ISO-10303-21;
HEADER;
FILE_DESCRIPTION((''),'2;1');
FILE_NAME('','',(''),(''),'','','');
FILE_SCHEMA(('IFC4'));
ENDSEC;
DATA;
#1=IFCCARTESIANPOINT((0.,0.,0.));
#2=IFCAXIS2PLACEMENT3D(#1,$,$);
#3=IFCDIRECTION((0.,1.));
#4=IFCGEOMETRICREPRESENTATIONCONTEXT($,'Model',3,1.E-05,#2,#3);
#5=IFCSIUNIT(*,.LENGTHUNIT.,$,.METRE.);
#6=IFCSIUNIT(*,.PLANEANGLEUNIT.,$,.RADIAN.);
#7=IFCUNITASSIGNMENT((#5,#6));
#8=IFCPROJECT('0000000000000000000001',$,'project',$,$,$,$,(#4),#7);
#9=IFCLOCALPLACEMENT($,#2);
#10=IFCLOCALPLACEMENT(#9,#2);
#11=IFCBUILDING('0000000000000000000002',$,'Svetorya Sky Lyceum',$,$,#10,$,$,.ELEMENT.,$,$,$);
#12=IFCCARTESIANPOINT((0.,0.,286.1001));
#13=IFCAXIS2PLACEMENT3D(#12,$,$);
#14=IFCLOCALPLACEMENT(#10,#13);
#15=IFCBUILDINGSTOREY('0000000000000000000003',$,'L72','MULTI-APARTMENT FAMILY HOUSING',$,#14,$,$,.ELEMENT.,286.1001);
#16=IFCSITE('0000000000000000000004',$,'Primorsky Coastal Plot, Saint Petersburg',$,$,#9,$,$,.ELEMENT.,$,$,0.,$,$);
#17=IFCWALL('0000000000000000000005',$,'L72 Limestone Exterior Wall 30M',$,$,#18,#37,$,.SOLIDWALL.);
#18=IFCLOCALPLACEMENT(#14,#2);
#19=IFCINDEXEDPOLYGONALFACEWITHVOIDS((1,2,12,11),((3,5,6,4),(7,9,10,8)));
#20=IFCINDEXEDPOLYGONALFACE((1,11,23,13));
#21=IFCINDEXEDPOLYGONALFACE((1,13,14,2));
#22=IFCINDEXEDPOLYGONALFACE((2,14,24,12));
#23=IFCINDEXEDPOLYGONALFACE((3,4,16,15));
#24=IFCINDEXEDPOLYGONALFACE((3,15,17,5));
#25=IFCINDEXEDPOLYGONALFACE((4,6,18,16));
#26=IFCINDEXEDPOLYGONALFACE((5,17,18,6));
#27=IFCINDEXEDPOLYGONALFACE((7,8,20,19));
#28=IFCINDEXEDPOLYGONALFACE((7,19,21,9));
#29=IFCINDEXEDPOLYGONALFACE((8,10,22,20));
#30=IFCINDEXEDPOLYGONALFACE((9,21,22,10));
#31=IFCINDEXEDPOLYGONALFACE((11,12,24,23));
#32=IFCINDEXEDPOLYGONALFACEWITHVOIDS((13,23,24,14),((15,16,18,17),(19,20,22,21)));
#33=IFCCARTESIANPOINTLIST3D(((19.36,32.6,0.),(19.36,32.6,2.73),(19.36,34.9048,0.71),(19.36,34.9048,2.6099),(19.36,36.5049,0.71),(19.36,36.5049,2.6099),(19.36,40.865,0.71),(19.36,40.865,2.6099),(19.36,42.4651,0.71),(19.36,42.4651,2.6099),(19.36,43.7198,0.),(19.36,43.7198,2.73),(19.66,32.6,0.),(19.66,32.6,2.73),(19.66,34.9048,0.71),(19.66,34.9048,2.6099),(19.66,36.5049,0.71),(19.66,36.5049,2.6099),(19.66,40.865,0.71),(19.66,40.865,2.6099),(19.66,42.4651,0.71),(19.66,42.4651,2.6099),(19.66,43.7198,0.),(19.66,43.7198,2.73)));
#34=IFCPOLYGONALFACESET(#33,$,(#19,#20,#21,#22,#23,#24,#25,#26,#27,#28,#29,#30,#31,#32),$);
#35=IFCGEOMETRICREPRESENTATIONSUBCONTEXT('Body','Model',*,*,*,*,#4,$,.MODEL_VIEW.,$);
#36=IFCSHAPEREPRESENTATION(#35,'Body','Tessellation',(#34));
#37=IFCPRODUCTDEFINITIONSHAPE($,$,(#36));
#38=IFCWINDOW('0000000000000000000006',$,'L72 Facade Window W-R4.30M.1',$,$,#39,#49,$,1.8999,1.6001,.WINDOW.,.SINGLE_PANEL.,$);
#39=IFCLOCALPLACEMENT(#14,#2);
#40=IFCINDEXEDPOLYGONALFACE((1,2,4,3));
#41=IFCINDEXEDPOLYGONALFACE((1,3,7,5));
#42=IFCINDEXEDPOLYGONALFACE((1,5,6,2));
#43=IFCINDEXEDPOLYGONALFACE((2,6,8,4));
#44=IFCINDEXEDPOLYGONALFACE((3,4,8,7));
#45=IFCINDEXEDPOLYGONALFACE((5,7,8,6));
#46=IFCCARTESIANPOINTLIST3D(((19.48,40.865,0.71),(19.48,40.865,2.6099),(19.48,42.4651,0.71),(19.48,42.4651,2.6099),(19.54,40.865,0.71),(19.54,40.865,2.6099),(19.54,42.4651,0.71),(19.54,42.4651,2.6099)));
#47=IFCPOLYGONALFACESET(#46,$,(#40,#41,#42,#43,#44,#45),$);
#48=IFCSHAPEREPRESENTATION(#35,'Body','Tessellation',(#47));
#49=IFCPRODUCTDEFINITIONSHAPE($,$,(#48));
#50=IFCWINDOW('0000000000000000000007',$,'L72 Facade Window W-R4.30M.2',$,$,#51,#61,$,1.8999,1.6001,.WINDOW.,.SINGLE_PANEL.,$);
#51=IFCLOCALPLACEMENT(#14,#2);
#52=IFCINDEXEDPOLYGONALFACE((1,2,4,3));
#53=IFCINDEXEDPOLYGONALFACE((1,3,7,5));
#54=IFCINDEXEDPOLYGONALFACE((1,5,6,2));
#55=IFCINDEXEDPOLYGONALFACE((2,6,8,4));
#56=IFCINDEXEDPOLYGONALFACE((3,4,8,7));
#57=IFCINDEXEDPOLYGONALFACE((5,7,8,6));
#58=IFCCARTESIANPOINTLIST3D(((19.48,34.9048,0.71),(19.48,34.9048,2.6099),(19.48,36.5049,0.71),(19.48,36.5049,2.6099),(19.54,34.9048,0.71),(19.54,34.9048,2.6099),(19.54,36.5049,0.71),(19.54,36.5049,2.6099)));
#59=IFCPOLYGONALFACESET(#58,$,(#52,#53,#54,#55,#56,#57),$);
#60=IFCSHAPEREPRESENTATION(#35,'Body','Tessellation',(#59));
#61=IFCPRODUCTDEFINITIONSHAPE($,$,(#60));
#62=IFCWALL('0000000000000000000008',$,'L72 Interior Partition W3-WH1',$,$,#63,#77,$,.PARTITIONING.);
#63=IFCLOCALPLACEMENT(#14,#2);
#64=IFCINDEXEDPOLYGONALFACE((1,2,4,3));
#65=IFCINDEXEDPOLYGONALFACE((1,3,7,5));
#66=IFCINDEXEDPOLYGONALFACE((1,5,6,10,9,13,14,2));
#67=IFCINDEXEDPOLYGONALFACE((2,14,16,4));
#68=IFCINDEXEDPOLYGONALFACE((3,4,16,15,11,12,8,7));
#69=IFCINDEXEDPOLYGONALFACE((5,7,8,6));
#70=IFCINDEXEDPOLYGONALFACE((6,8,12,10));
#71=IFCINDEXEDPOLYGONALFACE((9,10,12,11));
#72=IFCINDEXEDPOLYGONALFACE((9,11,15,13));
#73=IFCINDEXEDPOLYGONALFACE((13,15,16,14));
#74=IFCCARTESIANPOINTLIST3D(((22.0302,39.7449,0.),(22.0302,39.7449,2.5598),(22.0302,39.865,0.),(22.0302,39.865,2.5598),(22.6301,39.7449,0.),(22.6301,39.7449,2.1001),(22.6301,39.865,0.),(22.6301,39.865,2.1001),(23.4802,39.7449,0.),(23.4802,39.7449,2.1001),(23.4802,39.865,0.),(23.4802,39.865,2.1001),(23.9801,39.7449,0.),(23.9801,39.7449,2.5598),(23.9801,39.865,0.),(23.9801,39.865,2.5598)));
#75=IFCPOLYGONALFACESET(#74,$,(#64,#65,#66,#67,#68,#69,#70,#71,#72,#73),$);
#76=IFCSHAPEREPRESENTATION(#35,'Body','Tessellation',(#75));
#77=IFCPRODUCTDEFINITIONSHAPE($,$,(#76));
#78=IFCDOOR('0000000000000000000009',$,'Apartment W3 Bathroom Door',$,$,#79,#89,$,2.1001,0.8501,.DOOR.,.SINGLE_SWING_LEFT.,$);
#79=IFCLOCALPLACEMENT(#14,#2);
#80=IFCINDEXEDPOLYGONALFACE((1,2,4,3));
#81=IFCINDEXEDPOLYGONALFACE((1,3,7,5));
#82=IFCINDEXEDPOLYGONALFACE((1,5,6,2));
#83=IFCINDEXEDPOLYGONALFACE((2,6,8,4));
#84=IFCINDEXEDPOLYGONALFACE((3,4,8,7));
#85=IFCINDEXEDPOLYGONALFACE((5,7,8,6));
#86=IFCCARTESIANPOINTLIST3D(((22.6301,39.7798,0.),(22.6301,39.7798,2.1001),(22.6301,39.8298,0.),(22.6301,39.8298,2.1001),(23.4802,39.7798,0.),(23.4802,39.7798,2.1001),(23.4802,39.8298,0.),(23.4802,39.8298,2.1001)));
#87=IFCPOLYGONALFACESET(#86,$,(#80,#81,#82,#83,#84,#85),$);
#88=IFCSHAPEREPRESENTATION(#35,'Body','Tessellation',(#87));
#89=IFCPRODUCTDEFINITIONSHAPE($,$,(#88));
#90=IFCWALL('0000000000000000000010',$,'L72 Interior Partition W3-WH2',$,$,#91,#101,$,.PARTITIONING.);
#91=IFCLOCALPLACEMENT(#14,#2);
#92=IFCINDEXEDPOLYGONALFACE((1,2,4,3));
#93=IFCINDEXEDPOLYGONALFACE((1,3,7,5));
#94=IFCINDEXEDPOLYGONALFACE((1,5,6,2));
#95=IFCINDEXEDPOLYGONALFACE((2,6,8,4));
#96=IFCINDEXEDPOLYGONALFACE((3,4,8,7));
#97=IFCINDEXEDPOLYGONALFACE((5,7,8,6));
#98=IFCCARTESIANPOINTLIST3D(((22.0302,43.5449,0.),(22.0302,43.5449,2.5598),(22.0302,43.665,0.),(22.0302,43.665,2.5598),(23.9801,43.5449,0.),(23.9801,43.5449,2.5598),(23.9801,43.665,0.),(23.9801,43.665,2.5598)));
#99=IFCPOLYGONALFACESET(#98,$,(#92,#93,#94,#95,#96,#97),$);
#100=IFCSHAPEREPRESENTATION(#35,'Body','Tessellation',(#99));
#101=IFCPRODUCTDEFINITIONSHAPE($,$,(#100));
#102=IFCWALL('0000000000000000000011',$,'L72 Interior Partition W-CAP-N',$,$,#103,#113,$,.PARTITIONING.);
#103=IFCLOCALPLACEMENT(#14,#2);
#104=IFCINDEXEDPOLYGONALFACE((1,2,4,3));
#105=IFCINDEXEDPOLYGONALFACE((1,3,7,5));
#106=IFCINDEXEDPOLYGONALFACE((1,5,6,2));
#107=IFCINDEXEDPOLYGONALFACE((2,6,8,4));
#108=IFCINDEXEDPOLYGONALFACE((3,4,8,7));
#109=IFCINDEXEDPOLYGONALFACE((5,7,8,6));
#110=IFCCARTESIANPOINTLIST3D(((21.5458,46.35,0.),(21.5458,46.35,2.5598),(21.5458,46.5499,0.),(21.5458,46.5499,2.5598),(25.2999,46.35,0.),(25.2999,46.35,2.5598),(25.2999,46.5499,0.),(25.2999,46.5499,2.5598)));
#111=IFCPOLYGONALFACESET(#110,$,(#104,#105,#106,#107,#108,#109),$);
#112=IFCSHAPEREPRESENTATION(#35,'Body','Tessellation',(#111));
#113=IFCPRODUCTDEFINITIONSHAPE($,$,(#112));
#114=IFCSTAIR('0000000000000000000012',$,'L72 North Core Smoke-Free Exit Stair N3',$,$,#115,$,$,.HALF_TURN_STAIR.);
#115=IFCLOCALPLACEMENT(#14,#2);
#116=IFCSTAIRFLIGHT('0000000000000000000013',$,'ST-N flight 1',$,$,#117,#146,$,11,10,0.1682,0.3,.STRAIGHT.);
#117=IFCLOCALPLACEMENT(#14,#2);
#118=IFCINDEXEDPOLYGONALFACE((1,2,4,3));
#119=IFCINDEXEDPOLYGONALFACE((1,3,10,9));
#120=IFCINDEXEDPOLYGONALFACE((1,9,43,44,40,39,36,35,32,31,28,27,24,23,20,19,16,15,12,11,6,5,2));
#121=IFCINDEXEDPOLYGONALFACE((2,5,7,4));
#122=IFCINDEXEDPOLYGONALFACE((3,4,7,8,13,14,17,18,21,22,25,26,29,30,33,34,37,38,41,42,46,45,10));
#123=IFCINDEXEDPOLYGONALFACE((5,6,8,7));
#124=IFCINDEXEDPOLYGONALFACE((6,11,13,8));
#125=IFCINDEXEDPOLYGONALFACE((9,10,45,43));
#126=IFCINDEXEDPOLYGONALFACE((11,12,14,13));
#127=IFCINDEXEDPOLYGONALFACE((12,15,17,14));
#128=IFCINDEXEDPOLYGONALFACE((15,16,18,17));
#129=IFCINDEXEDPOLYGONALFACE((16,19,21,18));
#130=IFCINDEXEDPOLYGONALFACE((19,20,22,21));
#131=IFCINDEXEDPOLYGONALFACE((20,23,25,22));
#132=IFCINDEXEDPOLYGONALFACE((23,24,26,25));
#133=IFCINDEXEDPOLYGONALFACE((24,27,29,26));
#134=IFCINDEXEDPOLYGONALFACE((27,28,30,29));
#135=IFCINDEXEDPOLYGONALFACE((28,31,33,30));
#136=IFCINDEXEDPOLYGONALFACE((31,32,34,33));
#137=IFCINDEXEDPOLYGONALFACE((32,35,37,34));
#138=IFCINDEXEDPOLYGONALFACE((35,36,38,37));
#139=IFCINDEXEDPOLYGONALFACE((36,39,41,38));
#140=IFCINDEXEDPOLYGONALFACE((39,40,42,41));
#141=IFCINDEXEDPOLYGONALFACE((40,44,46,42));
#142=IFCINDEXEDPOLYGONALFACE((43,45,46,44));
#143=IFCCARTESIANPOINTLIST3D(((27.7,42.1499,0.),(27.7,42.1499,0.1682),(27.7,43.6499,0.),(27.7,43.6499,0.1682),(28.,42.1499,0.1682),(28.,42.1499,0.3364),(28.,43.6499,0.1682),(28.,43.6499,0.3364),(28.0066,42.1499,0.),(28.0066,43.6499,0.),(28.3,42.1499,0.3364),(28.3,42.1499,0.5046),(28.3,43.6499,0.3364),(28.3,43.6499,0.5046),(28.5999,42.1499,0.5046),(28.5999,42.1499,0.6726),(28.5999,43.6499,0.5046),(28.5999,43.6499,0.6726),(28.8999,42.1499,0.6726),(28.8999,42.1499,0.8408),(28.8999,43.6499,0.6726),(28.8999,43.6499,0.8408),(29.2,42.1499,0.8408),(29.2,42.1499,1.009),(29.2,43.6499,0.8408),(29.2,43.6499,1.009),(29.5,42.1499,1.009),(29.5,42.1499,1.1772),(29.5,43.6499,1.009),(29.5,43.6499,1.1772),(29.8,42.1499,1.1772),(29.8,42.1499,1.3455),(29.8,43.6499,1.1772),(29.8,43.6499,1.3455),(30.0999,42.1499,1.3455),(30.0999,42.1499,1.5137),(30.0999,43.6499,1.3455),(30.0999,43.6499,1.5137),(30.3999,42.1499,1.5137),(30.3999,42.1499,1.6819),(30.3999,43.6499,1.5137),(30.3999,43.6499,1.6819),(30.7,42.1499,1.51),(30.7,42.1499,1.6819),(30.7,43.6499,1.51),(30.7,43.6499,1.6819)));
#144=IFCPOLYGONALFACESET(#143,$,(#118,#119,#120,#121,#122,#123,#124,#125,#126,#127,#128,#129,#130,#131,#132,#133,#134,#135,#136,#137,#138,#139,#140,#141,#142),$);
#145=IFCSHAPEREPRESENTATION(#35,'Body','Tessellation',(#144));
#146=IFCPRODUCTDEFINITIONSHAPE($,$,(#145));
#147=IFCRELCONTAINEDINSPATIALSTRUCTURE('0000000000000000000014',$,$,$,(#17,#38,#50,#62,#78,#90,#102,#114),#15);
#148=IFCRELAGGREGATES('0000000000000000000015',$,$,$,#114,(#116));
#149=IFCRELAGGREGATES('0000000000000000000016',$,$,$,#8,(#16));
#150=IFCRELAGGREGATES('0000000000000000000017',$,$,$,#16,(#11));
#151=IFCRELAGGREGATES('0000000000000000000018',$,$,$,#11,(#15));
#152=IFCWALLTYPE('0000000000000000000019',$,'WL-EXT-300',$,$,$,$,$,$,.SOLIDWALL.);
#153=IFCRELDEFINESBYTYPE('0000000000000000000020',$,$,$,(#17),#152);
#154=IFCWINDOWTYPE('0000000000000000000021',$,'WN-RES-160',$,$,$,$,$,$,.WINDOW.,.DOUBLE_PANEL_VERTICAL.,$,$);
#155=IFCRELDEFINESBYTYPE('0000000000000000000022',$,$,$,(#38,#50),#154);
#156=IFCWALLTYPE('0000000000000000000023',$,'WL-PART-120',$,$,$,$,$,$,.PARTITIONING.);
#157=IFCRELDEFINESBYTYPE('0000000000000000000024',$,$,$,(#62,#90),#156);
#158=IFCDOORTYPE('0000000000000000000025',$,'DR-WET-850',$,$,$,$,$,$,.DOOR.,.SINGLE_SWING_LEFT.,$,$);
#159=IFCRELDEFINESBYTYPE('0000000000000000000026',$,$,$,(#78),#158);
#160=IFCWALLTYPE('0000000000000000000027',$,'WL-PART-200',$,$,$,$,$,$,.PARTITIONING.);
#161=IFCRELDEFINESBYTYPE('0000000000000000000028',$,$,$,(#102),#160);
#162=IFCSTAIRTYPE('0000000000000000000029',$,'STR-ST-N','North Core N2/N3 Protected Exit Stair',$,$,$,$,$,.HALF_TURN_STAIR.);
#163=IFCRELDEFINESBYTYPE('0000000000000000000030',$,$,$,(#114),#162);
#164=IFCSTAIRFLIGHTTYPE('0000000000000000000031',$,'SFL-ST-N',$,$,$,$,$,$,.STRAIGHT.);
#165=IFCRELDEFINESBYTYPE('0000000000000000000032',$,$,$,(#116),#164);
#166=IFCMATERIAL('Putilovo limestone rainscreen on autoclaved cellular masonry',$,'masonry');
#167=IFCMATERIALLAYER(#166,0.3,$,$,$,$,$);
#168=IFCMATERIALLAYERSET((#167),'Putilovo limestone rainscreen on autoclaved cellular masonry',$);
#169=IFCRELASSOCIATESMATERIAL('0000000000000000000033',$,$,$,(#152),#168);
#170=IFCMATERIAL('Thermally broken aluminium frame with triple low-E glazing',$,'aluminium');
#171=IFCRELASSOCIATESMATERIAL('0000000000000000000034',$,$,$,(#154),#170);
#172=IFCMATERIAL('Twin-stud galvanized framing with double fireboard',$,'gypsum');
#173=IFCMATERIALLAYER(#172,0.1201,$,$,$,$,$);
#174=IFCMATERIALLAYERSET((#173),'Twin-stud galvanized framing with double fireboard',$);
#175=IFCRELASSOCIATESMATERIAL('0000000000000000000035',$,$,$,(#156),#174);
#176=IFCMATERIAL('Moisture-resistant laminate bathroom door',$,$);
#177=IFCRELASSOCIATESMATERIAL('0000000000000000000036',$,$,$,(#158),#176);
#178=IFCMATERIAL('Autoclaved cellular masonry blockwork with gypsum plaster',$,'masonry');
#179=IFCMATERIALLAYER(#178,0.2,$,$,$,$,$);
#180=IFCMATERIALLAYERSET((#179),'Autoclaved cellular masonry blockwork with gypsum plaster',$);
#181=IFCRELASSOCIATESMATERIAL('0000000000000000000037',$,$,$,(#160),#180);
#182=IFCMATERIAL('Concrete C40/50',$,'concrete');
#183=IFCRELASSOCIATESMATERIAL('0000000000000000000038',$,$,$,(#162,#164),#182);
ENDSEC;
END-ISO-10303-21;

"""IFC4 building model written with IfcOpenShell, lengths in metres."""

from ifc_helpers import new_model, si_unit, direction, frame, frame_2d, origin, place, context, subcontext, project, spatial, polyline, rectangle, outline, extrude, material, layer, layer_set, type_object, element, fill, aggregate, save


model = new_model("IFC4")

# Units and contexts
model_context = context("Model", 3, precision=1e-05, world=origin(), true_north=direction((0.0, 1.0)))
body_context = subcontext(model_context, "Body", "Model", "MODEL_VIEW")
ifc_project = project(units=[si_unit("LENGTHUNIT", "METRE"), si_unit("PLANEANGLEUNIT", "RADIAN")], contexts=[model_context])

# Site, building, storey
site_placement = place(None, origin())
site = spatial("IfcSite", under=ifc_project, at=site_placement, Name="Primorsky Coastal Plot, Saint Petersburg", CompositionType="ELEMENT", RefElevation=0.0)
building_placement = place(site_placement, origin())
building = spatial("IfcBuilding", under=site, at=building_placement, Name="Svetorya Sky Lyceum", CompositionType="ELEMENT")
storey_placement = place(building_placement, frame((0.0, 0.0, 286.1001)))
storey = spatial("IfcBuildingStorey", under=building, at=storey_placement, Name="L72", Description="MULTI-APARTMENT FAMILY HOUSING", CompositionType="ELEMENT", Elevation=286.1001)

# Shared definitions
ifc_material_1 = material(Name="Concrete C40/50", Category="concrete")

# Shared definitions
ifc_material_2 = material(Name="Putilovo limestone rainscreen on autoclaved cellular masonry", Category="masonry")
ifc_layer_1 = layer(ifc_material_2, 0.3)
ifc_layer_set_1 = layer_set([ifc_layer_1], Name="Putilovo limestone rainscreen on autoclaved cellular masonry")
wall_type_1 = type_object("IfcWallType", Name="WL-EXT-300", PredefinedType="SOLIDWALL", material=ifc_layer_set_1)

# Wall, openings, windows
wall_1_placement = place(storey_placement, frame((19.51, 43.72, 0.0), z_axis=(0.0, 0.0, 1.0), x_axis=(0.0, -1.0, 0.0)))
wall_1 = element("IfcWall", 1, at=wall_1_placement, inside=storey, type_object=wall_type_1, Name="L72 Limestone Exterior Wall 30M", PredefinedType="SOLIDWALL", context=body_context, shape_type="SweptSolid", body=[
    extrude(rectangle(XDim=11.1199, YDim=0.3, at=frame_2d((5.5601, 0.0))), origin(), (0.0, 0.0, 1.0), 2.73),
])
opening_1_placement = place(wall_1_placement, frame((1.2549, 0.0, 0.71)))
opening_1 = element("IfcOpeningElement", 2, at=opening_1_placement, cuts=wall_1, PredefinedType="OPENING", context=body_context, shape_type="SweptSolid", body=[
    extrude(rectangle(XDim=1.6001, YDim=1.8999, at=frame_2d((0.8, 0.95))), frame((0.0, 0.1599, 0.0), z_axis=(0.0, -1.0, 0.0), x_axis=(1.0, 0.0, 0.0)), (0.0, 0.0, 1.0), 0.3201),
])
opening_2_placement = place(wall_1_placement, frame((7.2151, 0.0, 0.71)))
opening_2 = element("IfcOpeningElement", 3, at=opening_2_placement, cuts=wall_1, PredefinedType="OPENING", context=body_context, shape_type="SweptSolid", body=[
    extrude(rectangle(XDim=1.6001, YDim=1.8999, at=frame_2d((0.8, 0.95))), frame((0.0, 0.1599, 0.0), z_axis=(0.0, -1.0, 0.0), x_axis=(1.0, 0.0, 0.0)), (0.0, 0.0, 1.0), 0.3201),
])
ifc_material_3 = material(Name="Thermally broken aluminium frame with triple low-E glazing", Category="aluminium")
window_type = type_object("IfcWindowType", Name="WN-RES-160", PartitioningType="DOUBLE_PANEL_VERTICAL", PredefinedType="WINDOW", material=ifc_material_3)
window_1_placement = place(opening_1_placement, origin())
window_1 = element("IfcWindow", 4, at=window_1_placement, inside=storey, type_object=window_type, Name="L72 Facade Window W-R4.30M.1", OverallHeight=1.8999, OverallWidth=1.6001, PartitioningType="SINGLE_PANEL", PredefinedType="WINDOW", context=body_context, shape_type="SweptSolid", body=[
    extrude(rectangle(XDim=1.6001, YDim=1.8999, at=frame_2d((0.8, 0.95))), frame((0.0, 0.03, 0.0), z_axis=(0.0, -1.0, 0.0), x_axis=(1.0, 0.0, 0.0)), (0.0, 0.0, 1.0), 0.0601),
])
fill(opening_1, window_1)
window_2_placement = place(opening_2_placement, origin())
window_2 = element("IfcWindow", 5, at=window_2_placement, inside=storey, type_object=window_type, Name="L72 Facade Window W-R4.30M.2", OverallHeight=1.8999, OverallWidth=1.6001, PartitioningType="SINGLE_PANEL", PredefinedType="WINDOW", context=body_context, shape_type="SweptSolid", body=[
    extrude(rectangle(XDim=1.6001, YDim=1.8999, at=frame_2d((0.8, 0.95))), frame((0.0, 0.03, 0.0), z_axis=(0.0, -1.0, 0.0), x_axis=(1.0, 0.0, 0.0)), (0.0, 0.0, 1.0), 0.0601),
])
fill(opening_2, window_2)

# Wall, opening, door
ifc_material_4 = material(Name="Twin-stud galvanized framing with double fireboard", Category="gypsum")
ifc_layer_2 = layer(ifc_material_4, 0.1201)
ifc_layer_set_2 = layer_set([ifc_layer_2], Name="Twin-stud galvanized framing with double fireboard")
wall_type_2 = type_object("IfcWallType", Name="WL-PART-120", PredefinedType="PARTITIONING", material=ifc_layer_set_2)
wall_2_placement = place(storey_placement, frame((22.03, 39.8049, 0.0), z_axis=(0.0, 0.0, 1.0), x_axis=(1.0, 0.0, 0.0)))
wall_2 = element("IfcWall", 6, at=wall_2_placement, inside=storey, type_object=wall_type_2, Name="L72 Interior Partition W3-WH1", PredefinedType="PARTITIONING", context=body_context, shape_type="SweptSolid", body=[
    extrude(rectangle(XDim=1.95, YDim=0.1201, at=frame_2d((0.9751, 0.0))), origin(), (0.0, 0.0, 1.0), 2.5598),
])
opening_3_placement = place(wall_2_placement, frame((0.6001, 0.0, 0.0)))
opening_3 = element("IfcOpeningElement", 7, at=opening_3_placement, cuts=wall_2, PredefinedType="OPENING", context=body_context, shape_type="SweptSolid", body=[
    extrude(rectangle(XDim=0.8501, YDim=2.1001, at=frame_2d((0.425, 1.05))), frame((0.0, 0.0701, 0.0), z_axis=(0.0, -1.0, 0.0), x_axis=(1.0, 0.0, 0.0)), (0.0, 0.0, 1.0), 0.1401),
])
ifc_material_5 = material(Name="Moisture-resistant laminate bathroom door")
door_type = type_object("IfcDoorType", Name="DR-WET-850", OperationType="SINGLE_SWING_LEFT", PredefinedType="DOOR", material=ifc_material_5)
door_placement = place(opening_3_placement, origin())
door = element("IfcDoor", 8, at=door_placement, inside=storey, type_object=door_type, Name="Apartment W3 Bathroom Door", OperationType="SINGLE_SWING_LEFT", OverallHeight=2.1001, OverallWidth=0.8501, PredefinedType="DOOR", context=body_context, shape_type="SweptSolid", body=[
    extrude(rectangle(XDim=0.8501, YDim=2.1001, at=frame_2d((0.425, 1.05))), frame((0.0, 0.0249, 0.0), z_axis=(0.0, -1.0, 0.0), x_axis=(1.0, 0.0, 0.0)), (0.0, 0.0, 1.0), 0.05),
])
fill(opening_3, door)

# Walls
wall_3_placement = place(storey_placement, frame((22.03, 43.605, 0.0), z_axis=(0.0, 0.0, 1.0), x_axis=(1.0, 0.0, 0.0)))
element("IfcWall", 9, at=wall_3_placement, inside=storey, type_object=wall_type_2, Name="L72 Interior Partition W3-WH2", PredefinedType="PARTITIONING", context=body_context, shape_type="SweptSolid", body=[
    extrude(rectangle(XDim=1.95, YDim=0.1201, at=frame_2d((0.9751, 0.0))), origin(), (0.0, 0.0, 1.0), 2.5598),
])
ifc_material_6 = material(Name="Autoclaved cellular masonry blockwork with gypsum plaster", Category="masonry")
ifc_layer_3 = layer(ifc_material_6, 0.2)
ifc_layer_set_3 = layer_set([ifc_layer_3], Name="Autoclaved cellular masonry blockwork with gypsum plaster")
wall_type_3 = type_object("IfcWallType", Name="WL-PART-200", PredefinedType="PARTITIONING", material=ifc_layer_set_3)
wall_4_placement = place(storey_placement, frame((21.5459, 46.45, 0.0), z_axis=(0.0, 0.0, 1.0), x_axis=(1.0, 0.0, 0.0)))
element("IfcWall", 10, at=wall_4_placement, inside=storey, type_object=wall_type_3, Name="L72 Interior Partition W-CAP-N", PredefinedType="PARTITIONING", context=body_context, shape_type="SweptSolid", body=[
    extrude(rectangle(XDim=3.7542, YDim=0.2, at=frame_2d((1.877, 0.0))), origin(), (0.0, 0.0, 1.0), 2.5598),
])

# Stair, stair flight
stair_type = type_object("IfcStairType", Name="STR-ST-N", Description="North Core N2/N3 Protected Exit Stair", PredefinedType="HALF_TURN_STAIR", material=ifc_material_1)
stair_placement = place(storey_placement, origin())
stair = element("IfcStair", 11, at=stair_placement, inside=storey, type_object=stair_type, Name="L72 North Core Smoke-Free Exit Stair N3", PredefinedType="HALF_TURN_STAIR")
stair_flight_type = type_object("IfcStairFlightType", Name="SFL-ST-N", PredefinedType="STRAIGHT", material=ifc_material_1)
stair_flight_1_placement = place(storey_placement, frame((27.7, 42.8999, 0.0), z_axis=(0.0, 0.0, 1.0), x_axis=(1.0, 0.0, 0.0)))
stair_flight_1 = element("IfcStairFlight", 12, at=stair_flight_1_placement, type_object=stair_flight_type, Name="ST-N flight 1", NumberOfRisers=11, NumberOfTreads=10, PredefinedType="STRAIGHT", RiserHeight=0.1682, TreadLength=0.3, context=body_context, shape_type="SweptSolid", body=[
    extrude(outline(polyline([(0.0, 0.0), (0.0, 0.1682), (0.3, 0.1682), (0.3, 0.3364), (0.6001, 0.3364), (0.6001, 0.5046), (0.8999, 0.5046), (0.8999, 0.6726), (1.2, 0.6726), (1.2, 0.8408), (1.5, 0.8408), (1.5, 1.009), (1.8, 1.009), (1.8, 1.1772), (2.1001, 1.1772), (2.1001, 1.3455), (2.3999, 1.3455), (2.3999, 1.5137), (2.7, 1.5137), (2.7, 1.6819), (3.0, 1.6819), (3.0, 1.8501), (3.0, 1.51), (0.3066, 0.0), (0.0, 0.0)])), frame((0.0, 0.75, 0.0), z_axis=(0.0, -1.0, 0.0), x_axis=(1.0, 0.0, 0.0)), (0.0, 0.0, 1.0), 1.5),
])
aggregate(stair, [stair_flight_1])

save(model, "model.ifc")
